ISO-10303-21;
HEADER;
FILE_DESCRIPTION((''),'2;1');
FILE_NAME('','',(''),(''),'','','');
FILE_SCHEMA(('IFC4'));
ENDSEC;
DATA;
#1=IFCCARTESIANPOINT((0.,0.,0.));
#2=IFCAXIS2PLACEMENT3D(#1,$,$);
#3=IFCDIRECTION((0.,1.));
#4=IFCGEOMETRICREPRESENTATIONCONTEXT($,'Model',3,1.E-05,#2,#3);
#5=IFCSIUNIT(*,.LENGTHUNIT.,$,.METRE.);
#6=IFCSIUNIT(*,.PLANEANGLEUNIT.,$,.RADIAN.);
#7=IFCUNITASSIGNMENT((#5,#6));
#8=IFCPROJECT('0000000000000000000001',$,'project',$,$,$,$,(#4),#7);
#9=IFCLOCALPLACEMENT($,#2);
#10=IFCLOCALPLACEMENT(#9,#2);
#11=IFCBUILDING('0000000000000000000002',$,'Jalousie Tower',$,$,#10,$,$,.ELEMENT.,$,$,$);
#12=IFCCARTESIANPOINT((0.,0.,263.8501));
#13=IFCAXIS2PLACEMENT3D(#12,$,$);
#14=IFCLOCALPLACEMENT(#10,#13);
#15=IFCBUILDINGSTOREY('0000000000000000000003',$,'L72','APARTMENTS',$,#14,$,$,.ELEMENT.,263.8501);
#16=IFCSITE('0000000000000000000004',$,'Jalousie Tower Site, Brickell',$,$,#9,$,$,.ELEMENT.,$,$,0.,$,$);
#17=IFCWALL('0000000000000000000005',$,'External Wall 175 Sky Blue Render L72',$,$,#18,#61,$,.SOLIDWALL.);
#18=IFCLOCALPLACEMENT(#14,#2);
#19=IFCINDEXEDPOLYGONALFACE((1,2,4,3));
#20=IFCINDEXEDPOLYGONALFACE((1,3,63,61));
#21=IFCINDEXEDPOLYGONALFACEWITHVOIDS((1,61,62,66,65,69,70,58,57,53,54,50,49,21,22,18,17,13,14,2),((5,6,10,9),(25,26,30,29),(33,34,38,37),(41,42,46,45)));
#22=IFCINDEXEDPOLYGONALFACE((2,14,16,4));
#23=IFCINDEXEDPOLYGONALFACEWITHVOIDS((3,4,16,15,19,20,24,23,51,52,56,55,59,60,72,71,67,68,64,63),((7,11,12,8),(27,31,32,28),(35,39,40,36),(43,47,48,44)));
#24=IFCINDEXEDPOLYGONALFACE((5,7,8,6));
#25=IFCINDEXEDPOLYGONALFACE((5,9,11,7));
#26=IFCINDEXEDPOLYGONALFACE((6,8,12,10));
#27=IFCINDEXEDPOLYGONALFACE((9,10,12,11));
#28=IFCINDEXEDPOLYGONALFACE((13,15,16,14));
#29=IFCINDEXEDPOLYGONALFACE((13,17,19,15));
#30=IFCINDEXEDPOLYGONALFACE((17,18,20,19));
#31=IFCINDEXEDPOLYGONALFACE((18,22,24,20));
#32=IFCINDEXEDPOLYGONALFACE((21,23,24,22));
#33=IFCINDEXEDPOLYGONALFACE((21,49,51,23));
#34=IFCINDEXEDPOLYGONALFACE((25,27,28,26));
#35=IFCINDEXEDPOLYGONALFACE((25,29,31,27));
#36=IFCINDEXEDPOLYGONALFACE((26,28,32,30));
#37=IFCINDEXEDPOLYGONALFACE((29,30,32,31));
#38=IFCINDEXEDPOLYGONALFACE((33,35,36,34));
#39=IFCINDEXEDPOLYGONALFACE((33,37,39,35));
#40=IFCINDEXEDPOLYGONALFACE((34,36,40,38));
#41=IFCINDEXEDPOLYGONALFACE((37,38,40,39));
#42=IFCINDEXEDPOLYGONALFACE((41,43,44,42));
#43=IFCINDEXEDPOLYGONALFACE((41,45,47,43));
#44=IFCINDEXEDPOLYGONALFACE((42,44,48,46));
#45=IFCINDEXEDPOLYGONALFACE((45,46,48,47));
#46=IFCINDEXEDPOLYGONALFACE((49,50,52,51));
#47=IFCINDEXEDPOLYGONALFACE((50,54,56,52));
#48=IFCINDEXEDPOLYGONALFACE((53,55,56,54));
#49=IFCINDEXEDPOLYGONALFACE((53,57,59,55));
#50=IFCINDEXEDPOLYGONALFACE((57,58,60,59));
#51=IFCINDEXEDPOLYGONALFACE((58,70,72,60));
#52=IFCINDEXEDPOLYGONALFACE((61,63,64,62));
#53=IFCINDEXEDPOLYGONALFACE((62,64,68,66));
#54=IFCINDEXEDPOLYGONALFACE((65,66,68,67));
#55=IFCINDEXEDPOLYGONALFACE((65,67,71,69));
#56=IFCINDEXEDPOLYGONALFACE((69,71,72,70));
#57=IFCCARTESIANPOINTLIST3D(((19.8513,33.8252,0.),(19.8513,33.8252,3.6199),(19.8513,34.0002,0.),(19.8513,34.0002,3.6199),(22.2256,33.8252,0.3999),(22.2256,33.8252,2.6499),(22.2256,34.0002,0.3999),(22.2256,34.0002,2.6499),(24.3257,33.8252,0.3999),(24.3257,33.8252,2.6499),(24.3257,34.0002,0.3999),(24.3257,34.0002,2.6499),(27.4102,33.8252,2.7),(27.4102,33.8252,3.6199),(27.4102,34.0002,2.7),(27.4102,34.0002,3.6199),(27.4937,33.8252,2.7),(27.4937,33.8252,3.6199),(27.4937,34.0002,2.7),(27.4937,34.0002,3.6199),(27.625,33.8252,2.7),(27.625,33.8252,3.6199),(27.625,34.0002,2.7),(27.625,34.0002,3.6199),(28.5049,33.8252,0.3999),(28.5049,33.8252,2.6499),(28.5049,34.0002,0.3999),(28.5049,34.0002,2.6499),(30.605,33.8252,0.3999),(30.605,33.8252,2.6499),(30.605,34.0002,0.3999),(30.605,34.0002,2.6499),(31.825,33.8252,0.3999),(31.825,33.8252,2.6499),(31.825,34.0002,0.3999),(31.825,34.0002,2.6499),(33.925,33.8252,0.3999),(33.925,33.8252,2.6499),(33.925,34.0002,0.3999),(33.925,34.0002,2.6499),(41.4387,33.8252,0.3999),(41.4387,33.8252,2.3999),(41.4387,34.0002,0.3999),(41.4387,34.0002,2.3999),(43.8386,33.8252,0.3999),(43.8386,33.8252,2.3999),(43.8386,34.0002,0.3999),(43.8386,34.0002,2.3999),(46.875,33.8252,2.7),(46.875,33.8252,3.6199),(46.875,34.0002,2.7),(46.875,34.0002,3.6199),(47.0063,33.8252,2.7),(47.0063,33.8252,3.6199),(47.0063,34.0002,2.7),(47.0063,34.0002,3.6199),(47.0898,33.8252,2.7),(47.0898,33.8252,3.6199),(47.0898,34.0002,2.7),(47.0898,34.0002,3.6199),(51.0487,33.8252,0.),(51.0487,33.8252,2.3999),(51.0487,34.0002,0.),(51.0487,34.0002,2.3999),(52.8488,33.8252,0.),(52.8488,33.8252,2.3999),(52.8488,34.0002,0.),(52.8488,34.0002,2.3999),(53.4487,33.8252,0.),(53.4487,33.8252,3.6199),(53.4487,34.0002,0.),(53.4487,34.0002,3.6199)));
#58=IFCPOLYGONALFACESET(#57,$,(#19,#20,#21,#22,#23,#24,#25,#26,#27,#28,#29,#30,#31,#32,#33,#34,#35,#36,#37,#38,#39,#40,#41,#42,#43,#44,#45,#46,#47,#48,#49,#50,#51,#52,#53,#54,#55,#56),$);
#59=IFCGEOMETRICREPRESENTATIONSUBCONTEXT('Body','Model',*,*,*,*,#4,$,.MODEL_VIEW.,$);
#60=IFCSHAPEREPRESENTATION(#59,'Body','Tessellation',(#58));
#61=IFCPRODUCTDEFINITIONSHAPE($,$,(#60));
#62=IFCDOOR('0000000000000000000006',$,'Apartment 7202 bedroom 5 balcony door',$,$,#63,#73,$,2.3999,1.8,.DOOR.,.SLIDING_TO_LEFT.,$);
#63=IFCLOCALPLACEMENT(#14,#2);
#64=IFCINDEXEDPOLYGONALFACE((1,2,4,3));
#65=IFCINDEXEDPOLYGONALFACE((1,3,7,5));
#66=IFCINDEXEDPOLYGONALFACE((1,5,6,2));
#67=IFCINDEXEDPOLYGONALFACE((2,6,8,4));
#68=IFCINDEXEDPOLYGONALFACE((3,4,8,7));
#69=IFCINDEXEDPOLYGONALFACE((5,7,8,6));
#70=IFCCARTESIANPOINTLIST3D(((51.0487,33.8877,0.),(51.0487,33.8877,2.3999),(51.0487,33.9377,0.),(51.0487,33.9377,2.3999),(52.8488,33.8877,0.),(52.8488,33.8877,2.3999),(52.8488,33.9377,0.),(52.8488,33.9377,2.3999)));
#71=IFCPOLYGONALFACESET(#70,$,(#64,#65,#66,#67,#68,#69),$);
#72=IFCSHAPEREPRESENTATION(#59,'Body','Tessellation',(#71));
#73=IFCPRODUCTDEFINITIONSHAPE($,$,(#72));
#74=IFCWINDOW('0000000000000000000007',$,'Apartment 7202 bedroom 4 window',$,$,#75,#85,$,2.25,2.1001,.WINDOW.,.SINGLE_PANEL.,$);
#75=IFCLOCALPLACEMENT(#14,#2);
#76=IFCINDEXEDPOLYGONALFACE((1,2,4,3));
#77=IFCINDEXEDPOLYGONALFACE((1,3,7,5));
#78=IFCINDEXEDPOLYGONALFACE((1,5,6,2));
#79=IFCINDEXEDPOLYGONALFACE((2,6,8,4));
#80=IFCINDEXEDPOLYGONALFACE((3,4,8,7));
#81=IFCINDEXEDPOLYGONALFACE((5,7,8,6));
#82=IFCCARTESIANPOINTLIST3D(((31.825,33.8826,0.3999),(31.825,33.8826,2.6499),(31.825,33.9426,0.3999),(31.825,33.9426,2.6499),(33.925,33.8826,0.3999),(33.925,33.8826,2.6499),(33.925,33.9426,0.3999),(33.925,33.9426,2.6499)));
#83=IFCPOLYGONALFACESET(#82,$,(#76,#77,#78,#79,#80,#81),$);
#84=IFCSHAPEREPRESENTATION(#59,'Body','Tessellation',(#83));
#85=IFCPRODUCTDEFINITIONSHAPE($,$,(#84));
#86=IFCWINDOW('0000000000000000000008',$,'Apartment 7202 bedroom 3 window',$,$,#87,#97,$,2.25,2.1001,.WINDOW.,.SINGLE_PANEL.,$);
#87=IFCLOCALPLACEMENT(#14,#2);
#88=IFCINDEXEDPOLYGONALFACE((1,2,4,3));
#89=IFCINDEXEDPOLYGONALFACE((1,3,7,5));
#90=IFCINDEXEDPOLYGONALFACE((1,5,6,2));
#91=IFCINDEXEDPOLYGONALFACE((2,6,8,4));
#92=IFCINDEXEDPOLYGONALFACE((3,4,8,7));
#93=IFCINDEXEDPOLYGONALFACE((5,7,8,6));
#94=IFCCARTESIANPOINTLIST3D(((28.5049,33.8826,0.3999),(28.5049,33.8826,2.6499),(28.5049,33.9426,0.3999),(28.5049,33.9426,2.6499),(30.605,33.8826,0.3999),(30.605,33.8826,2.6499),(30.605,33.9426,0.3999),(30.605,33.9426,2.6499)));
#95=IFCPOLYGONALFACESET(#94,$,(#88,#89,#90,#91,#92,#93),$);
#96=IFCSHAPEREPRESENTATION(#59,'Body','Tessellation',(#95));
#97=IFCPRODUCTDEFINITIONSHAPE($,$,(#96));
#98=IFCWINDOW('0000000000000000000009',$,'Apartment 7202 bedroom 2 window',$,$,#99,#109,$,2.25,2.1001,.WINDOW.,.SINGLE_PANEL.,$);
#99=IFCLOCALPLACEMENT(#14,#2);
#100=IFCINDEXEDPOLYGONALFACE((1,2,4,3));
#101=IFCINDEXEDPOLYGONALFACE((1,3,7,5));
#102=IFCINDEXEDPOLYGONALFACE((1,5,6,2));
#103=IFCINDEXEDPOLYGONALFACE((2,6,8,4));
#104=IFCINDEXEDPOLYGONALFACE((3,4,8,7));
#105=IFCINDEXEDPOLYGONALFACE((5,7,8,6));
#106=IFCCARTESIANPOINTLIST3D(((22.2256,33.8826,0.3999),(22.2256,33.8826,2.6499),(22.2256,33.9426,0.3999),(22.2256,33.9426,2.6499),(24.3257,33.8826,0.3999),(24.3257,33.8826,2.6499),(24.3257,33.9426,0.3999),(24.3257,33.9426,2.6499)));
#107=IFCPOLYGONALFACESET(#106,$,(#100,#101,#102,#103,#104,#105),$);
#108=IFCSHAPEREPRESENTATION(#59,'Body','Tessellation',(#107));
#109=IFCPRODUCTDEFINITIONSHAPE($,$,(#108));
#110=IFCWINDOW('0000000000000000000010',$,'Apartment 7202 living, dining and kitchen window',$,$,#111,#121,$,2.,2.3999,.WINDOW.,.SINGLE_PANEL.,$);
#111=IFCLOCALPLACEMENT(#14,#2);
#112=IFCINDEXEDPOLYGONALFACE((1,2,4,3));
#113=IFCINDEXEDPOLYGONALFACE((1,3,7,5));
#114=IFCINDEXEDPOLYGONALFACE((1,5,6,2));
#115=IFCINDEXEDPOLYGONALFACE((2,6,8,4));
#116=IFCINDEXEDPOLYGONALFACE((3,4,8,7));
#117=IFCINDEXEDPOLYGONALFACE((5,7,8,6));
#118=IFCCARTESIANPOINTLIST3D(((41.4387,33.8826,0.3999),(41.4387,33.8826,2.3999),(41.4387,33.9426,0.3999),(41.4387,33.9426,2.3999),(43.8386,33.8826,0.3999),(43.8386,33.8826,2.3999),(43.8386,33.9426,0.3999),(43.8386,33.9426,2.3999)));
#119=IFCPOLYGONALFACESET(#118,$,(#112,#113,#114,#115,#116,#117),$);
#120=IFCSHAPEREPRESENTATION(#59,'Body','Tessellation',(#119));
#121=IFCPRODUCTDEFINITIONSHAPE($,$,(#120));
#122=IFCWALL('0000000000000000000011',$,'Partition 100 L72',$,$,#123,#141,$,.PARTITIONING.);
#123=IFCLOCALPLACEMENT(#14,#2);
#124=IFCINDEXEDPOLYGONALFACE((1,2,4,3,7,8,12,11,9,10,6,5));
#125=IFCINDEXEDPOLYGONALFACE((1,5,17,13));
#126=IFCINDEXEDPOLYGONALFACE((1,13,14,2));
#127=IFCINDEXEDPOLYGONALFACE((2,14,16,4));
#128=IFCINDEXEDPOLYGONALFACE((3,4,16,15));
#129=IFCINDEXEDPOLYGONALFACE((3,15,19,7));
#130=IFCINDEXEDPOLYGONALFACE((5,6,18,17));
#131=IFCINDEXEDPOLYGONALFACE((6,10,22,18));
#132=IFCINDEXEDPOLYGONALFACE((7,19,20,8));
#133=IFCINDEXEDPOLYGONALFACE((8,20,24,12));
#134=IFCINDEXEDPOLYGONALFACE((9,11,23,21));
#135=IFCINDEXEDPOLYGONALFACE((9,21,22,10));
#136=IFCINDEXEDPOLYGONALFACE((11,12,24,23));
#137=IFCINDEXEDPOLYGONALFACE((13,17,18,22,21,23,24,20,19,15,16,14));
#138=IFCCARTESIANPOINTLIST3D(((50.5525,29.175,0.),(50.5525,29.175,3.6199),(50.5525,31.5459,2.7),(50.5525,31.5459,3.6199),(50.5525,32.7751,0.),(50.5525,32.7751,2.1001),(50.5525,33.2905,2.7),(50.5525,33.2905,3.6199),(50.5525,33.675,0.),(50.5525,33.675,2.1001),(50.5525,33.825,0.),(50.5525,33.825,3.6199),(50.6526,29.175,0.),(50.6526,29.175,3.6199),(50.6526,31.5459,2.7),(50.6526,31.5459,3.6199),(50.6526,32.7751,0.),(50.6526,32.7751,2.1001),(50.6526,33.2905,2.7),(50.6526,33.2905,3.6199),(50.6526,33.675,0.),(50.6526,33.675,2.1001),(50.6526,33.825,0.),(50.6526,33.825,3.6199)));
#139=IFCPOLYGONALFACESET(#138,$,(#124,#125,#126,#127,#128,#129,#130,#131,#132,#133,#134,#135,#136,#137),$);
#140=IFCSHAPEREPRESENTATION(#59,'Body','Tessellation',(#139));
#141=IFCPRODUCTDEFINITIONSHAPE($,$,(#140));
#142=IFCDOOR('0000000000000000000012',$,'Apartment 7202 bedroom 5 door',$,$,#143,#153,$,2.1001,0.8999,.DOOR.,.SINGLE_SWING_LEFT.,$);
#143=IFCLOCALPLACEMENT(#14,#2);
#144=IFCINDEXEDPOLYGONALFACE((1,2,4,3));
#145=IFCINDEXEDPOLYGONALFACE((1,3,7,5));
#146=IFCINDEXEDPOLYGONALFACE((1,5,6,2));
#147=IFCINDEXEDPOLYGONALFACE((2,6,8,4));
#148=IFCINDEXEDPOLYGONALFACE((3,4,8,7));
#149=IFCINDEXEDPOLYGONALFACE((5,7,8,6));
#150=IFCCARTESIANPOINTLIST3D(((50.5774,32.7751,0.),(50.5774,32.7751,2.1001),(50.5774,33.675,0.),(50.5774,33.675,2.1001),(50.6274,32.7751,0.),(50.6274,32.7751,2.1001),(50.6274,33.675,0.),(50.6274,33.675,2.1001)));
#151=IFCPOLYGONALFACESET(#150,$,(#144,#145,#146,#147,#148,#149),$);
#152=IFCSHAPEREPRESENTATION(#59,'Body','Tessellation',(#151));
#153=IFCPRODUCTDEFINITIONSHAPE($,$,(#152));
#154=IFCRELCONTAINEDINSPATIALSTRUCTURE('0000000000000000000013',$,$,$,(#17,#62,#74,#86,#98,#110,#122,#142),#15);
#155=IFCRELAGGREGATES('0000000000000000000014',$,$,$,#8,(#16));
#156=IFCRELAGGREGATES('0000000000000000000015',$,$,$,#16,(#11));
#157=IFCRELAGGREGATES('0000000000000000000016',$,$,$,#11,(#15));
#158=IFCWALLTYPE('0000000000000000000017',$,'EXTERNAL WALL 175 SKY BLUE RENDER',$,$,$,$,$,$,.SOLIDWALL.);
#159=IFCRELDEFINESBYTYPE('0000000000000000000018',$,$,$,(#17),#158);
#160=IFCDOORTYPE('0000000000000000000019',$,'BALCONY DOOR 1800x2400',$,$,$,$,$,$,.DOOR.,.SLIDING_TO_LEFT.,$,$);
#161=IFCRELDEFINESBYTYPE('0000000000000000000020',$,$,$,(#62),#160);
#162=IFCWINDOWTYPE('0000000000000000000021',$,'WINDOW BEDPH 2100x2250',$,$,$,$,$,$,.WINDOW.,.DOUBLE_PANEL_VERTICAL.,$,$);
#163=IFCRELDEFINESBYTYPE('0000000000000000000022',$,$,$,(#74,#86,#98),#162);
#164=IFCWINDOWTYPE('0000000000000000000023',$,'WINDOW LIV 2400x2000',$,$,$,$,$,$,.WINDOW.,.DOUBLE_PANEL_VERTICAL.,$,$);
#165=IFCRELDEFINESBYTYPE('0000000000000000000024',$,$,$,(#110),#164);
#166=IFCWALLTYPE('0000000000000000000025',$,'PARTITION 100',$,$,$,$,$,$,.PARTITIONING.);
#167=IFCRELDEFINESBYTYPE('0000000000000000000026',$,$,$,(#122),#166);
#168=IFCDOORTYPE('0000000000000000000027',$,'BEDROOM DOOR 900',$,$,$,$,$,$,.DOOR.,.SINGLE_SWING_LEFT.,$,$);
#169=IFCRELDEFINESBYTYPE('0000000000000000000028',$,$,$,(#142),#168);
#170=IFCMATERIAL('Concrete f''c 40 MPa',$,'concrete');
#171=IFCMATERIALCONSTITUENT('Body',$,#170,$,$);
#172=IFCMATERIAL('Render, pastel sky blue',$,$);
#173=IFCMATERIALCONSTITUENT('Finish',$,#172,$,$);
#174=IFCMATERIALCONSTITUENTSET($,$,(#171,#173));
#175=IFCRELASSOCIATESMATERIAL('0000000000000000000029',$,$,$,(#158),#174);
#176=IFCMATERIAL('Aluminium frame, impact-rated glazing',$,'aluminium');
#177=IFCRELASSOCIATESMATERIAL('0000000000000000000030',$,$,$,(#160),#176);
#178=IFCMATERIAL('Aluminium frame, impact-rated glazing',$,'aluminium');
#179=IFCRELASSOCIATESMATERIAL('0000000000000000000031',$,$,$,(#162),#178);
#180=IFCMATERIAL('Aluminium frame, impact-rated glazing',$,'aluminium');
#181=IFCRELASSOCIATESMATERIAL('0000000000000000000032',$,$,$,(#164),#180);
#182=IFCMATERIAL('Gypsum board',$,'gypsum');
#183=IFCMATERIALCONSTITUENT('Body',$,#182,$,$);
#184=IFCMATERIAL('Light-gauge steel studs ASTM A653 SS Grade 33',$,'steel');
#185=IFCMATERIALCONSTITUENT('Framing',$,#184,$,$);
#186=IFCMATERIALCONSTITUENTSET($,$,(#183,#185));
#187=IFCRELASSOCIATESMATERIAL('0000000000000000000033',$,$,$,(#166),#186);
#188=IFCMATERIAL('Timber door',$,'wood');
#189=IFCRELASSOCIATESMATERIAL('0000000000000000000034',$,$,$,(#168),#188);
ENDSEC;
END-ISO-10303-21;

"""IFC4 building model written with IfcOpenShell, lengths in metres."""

from ifc_helpers import new_model, si_unit, direction, frame, frame_2d, origin, place, context, subcontext, project, spatial, polyline, rectangle, outline, extrude, material, constituent, constituent_set, type_object, element, fill, save


model = new_model("IFC4")

# Units and contexts
model_context = context("Model", 3, precision=1e-05, world=origin(), true_north=direction((0.0, 1.0)))
body_context = subcontext(model_context, "Body", "Model", "MODEL_VIEW")
ifc_project = project(units=[si_unit("LENGTHUNIT", "METRE"), si_unit("PLANEANGLEUNIT", "RADIAN")], contexts=[model_context])

# Site, building, storey
site_placement = place(None, origin())
site = spatial("IfcSite", under=ifc_project, at=site_placement, Name="Jalousie Tower Site, Brickell", CompositionType="ELEMENT", RefElevation=0.0)
building_placement = place(site_placement, origin())
building = spatial("IfcBuilding", under=site, at=building_placement, Name="Jalousie Tower", CompositionType="ELEMENT")
storey_placement = place(building_placement, frame((0.0, 0.0, 263.8501)))
storey = spatial("IfcBuildingStorey", under=building, at=storey_placement, Name="L72", Description="APARTMENTS", CompositionType="ELEMENT", Elevation=263.8501)

# Wall, openings, door, windows
ifc_material_1 = material(Name="Concrete f'c 40 MPa", Category="concrete")
ifc_constituent_1 = constituent(ifc_material_1, Name="Body")
ifc_material_2 = material(Name="Render, pastel sky blue")
ifc_constituent_2 = constituent(ifc_material_2, Name="Finish")
ifc_constituent_set_1 = constituent_set(constituents=[ifc_constituent_1, ifc_constituent_2])
wall_type_1 = type_object("IfcWallType", Name="EXTERNAL WALL 175 SKY BLUE RENDER", PredefinedType="SOLIDWALL", material=ifc_constituent_set_1)
wall_1_placement = place(storey_placement, frame((53.4487, 33.9126, 0.0), z_axis=(0.0, 0.0, 1.0), x_axis=(-1.0, 0.0, 0.0)))
wall_1 = element("IfcWall", 1, at=wall_1_placement, inside=storey, type_object=wall_type_1, Name="External Wall 175 Sky Blue Render L72", PredefinedType="SOLIDWALL", context=body_context, shape_type="SweptSolid", body=[
    extrude(outline(polyline([(0.0, 0.0), (33.5974, 0.0), (33.5974, 3.6199), (26.0386, 3.6199), (26.0386, 2.7), (25.9551, 2.7), (25.9551, 3.6199), (25.8237, 3.6199), (25.8237, 2.7), (6.5737, 2.7), (6.5737, 3.6199), (6.4424, 3.6199), (6.4424, 2.7), (6.3589, 2.7), (6.3589, 3.6199), (0.0, 3.6199), (0.0, 0.0)])), frame((0.0, 0.0874, 0.0), z_axis=(0.0, -1.0, 0.0), x_axis=(1.0, 0.0, 0.0)), (0.0, 0.0, 1.0), 0.175),
])
opening_1_placement = place(wall_1_placement, frame((0.6001, 0.0, 0.0)))
opening_1 = element("IfcOpeningElement", 2, at=opening_1_placement, cuts=wall_1, PredefinedType="OPENING", context=body_context, shape_type="SweptSolid", body=[
    extrude(rectangle(XDim=1.8, YDim=2.3999, at=frame_2d((0.8999, 1.2))), frame((0.0, 0.0974, 0.0), z_axis=(0.0, -1.0, 0.0), x_axis=(1.0, 0.0, 0.0)), (0.0, 0.0, 1.0), 0.1951),
])
opening_2_placement = place(wall_1_placement, frame((9.6101, 0.0, 0.3999)))
opening_2 = element("IfcOpeningElement", 3, at=opening_2_placement, cuts=wall_1, PredefinedType="OPENING", context=body_context, shape_type="SweptSolid", body=[
    extrude(rectangle(XDim=2.3999, YDim=2.0, at=frame_2d((1.2, 1.0))), frame((0.0, 0.0974, 0.0), z_axis=(0.0, -1.0, 0.0), x_axis=(1.0, 0.0, 0.0)), (0.0, 0.0, 1.0), 0.1951),
])
opening_3_placement = place(wall_1_placement, frame((19.5237, 0.0, 0.3999)))
opening_3 = element("IfcOpeningElement", 4, at=opening_3_placement, cuts=wall_1, PredefinedType="OPENING", context=body_context, shape_type="SweptSolid", body=[
    extrude(rectangle(XDim=2.1001, YDim=2.25, at=frame_2d((1.05, 1.125))), frame((0.0, 0.0974, 0.0), z_axis=(0.0, -1.0, 0.0), x_axis=(1.0, 0.0, 0.0)), (0.0, 0.0, 1.0), 0.1951),
])
opening_4_placement = place(wall_1_placement, frame((22.8438, 0.0, 0.3999)))
opening_4 = element("IfcOpeningElement", 5, at=opening_4_placement, cuts=wall_1, PredefinedType="OPENING", context=body_context, shape_type="SweptSolid", body=[
    extrude(rectangle(XDim=2.1001, YDim=2.25, at=frame_2d((1.05, 1.125))), frame((0.0, 0.0974, 0.0), z_axis=(0.0, -1.0, 0.0), x_axis=(1.0, 0.0, 0.0)), (0.0, 0.0, 1.0), 0.1951),
])
opening_5_placement = place(wall_1_placement, frame((29.123, 0.0, 0.3999)))
opening_5 = element("IfcOpeningElement", 6, at=opening_5_placement, cuts=wall_1, PredefinedType="OPENING", context=body_context, shape_type="SweptSolid", body=[
    extrude(rectangle(XDim=2.1001, YDim=2.25, at=frame_2d((1.05, 1.125))), frame((0.0, 0.0974, 0.0), z_axis=(0.0, -1.0, 0.0), x_axis=(1.0, 0.0, 0.0)), (0.0, 0.0, 1.0), 0.1951),
])
ifc_material_3 = material(Name="Aluminium frame, impact-rated glazing", Category="aluminium")
door_type_1 = type_object("IfcDoorType", Name="BALCONY DOOR 1800x2400", OperationType="SLIDING_TO_LEFT", PredefinedType="DOOR", material=ifc_material_3)
door_1_placement = place(opening_1_placement, origin())
door_1 = element("IfcDoor", 7, at=door_1_placement, inside=storey, type_object=door_type_1, Name="Apartment 7202 bedroom 5 balcony door", OperationType="SLIDING_TO_LEFT", OverallHeight=2.3999, OverallWidth=1.8, PredefinedType="DOOR", context=body_context, shape_type="SweptSolid", body=[
    extrude(rectangle(XDim=1.8, YDim=2.3999, at=frame_2d((0.8999, 1.2))), frame((0.0, 0.0249, 0.0), z_axis=(0.0, -1.0, 0.0), x_axis=(1.0, 0.0, 0.0)), (0.0, 0.0, 1.0), 0.05),
])
fill(opening_1, door_1)
ifc_material_4 = material(Name="Aluminium frame, impact-rated glazing", Category="aluminium")
window_type_1 = type_object("IfcWindowType", Name="WINDOW BEDPH 2100x2250", PartitioningType="DOUBLE_PANEL_VERTICAL", PredefinedType="WINDOW", material=ifc_material_4)
window_1_placement = place(opening_3_placement, origin())
window_1 = element("IfcWindow", 8, at=window_1_placement, inside=storey, type_object=window_type_1, Name="Apartment 7202 bedroom 4 window", OverallHeight=2.25, OverallWidth=2.1001, PartitioningType="SINGLE_PANEL", PredefinedType="WINDOW", context=body_context, shape_type="SweptSolid", body=[
    extrude(rectangle(XDim=2.1001, YDim=2.25, at=frame_2d((1.05, 1.125))), frame((0.0, 0.03, 0.0), z_axis=(0.0, -1.0, 0.0), x_axis=(1.0, 0.0, 0.0)), (0.0, 0.0, 1.0), 0.0601),
])
fill(opening_3, window_1)
window_2_placement = place(opening_4_placement, origin())
window_2 = element("IfcWindow", 9, at=window_2_placement, inside=storey, type_object=window_type_1, Name="Apartment 7202 bedroom 3 window", OverallHeight=2.25, OverallWidth=2.1001, PartitioningType="SINGLE_PANEL", PredefinedType="WINDOW", context=body_context, shape_type="SweptSolid", body=[
    extrude(rectangle(XDim=2.1001, YDim=2.25, at=frame_2d((1.05, 1.125))), frame((0.0, 0.03, 0.0), z_axis=(0.0, -1.0, 0.0), x_axis=(1.0, 0.0, 0.0)), (0.0, 0.0, 1.0), 0.0601),
])
fill(opening_4, window_2)
window_3_placement = place(opening_5_placement, origin())
window_3 = element("IfcWindow", 10, at=window_3_placement, inside=storey, type_object=window_type_1, Name="Apartment 7202 bedroom 2 window", OverallHeight=2.25, OverallWidth=2.1001, PartitioningType="SINGLE_PANEL", PredefinedType="WINDOW", context=body_context, shape_type="SweptSolid", body=[
    extrude(rectangle(XDim=2.1001, YDim=2.25, at=frame_2d((1.05, 1.125))), frame((0.0, 0.03, 0.0), z_axis=(0.0, -1.0, 0.0), x_axis=(1.0, 0.0, 0.0)), (0.0, 0.0, 1.0), 0.0601),
])
fill(opening_5, window_3)
ifc_material_5 = material(Name="Aluminium frame, impact-rated glazing", Category="aluminium")
window_type_2 = type_object("IfcWindowType", Name="WINDOW LIV 2400x2000", PartitioningType="DOUBLE_PANEL_VERTICAL", PredefinedType="WINDOW", material=ifc_material_5)
window_4_placement = place(opening_2_placement, origin())
window_4 = element("IfcWindow", 11, at=window_4_placement, inside=storey, type_object=window_type_2, Name="Apartment 7202 living, dining and kitchen window", OverallHeight=2.0, OverallWidth=2.3999, PartitioningType="SINGLE_PANEL", PredefinedType="WINDOW", context=body_context, shape_type="SweptSolid", body=[
    extrude(rectangle(XDim=2.3999, YDim=2.0, at=frame_2d((1.2, 1.0))), frame((0.0, 0.03, 0.0), z_axis=(0.0, -1.0, 0.0), x_axis=(1.0, 0.0, 0.0)), (0.0, 0.0, 1.0), 0.0601),
])
fill(opening_2, window_4)

# Wall, opening, door
ifc_material_6 = material(Name="Gypsum board", Category="gypsum")
ifc_constituent_3 = constituent(ifc_material_6, Name="Body")
ifc_material_7 = material(Name="Light-gauge steel studs ASTM A653 SS Grade 33", Category="steel")
ifc_constituent_4 = constituent(ifc_material_7, Name="Framing")
ifc_constituent_set_2 = constituent_set(constituents=[ifc_constituent_3, ifc_constituent_4])
wall_type_2 = type_object("IfcWallType", Name="PARTITION 100", PredefinedType="PARTITIONING", material=ifc_constituent_set_2)
wall_2_placement = place(storey_placement, frame((50.6025, 33.825, 0.0), z_axis=(0.0, 0.0, 1.0), x_axis=(0.0, -1.0, 0.0)))
wall_2 = element("IfcWall", 12, at=wall_2_placement, inside=storey, type_object=wall_type_2, Name="Partition 100 L72", PredefinedType="PARTITIONING", context=body_context, shape_type="SweptSolid", body=[
    extrude(outline(polyline([(0.0, 0.0), (4.6499, 0.0), (4.6499, 3.6199), (2.2791, 3.6199), (2.2791, 2.7), (0.5344, 2.7), (0.5344, 3.6199), (0.0, 3.6199), (0.0, 0.0)])), frame((0.0, 0.05, 0.0), z_axis=(0.0, -1.0, 0.0), x_axis=(1.0, 0.0, 0.0)), (0.0, 0.0, 1.0), 0.1001),
])
opening_6_placement = place(wall_2_placement, frame((0.1499, 0.0, 0.0)))
opening_6 = element("IfcOpeningElement", 13, at=opening_6_placement, cuts=wall_2, PredefinedType="OPENING", context=body_context, shape_type="SweptSolid", body=[
    extrude(rectangle(XDim=0.8999, YDim=2.1001, at=frame_2d((0.45, 1.05))), frame((0.0, 0.0601, 0.0), z_axis=(0.0, -1.0, 0.0), x_axis=(1.0, 0.0, 0.0)), (0.0, 0.0, 1.0), 0.1201),
])
ifc_material_8 = material(Name="Timber door", Category="wood")
door_type_2 = type_object("IfcDoorType", Name="BEDROOM DOOR 900", OperationType="SINGLE_SWING_LEFT", PredefinedType="DOOR", material=ifc_material_8)
door_2_placement = place(opening_6_placement, origin())
door_2 = element("IfcDoor", 14, at=door_2_placement, inside=storey, type_object=door_type_2, Name="Apartment 7202 bedroom 5 door", OperationType="SINGLE_SWING_LEFT", OverallHeight=2.1001, OverallWidth=0.8999, PredefinedType="DOOR", context=body_context, shape_type="SweptSolid", body=[
    extrude(rectangle(XDim=0.8999, YDim=2.1001, at=frame_2d((0.45, 1.05))), frame((0.0, 0.0249, 0.0), z_axis=(0.0, -1.0, 0.0), x_axis=(1.0, 0.0, 0.0)), (0.0, 0.0, 1.0), 0.05),
])
fill(opening_6, door_2)

save(model, "model.ifc")
